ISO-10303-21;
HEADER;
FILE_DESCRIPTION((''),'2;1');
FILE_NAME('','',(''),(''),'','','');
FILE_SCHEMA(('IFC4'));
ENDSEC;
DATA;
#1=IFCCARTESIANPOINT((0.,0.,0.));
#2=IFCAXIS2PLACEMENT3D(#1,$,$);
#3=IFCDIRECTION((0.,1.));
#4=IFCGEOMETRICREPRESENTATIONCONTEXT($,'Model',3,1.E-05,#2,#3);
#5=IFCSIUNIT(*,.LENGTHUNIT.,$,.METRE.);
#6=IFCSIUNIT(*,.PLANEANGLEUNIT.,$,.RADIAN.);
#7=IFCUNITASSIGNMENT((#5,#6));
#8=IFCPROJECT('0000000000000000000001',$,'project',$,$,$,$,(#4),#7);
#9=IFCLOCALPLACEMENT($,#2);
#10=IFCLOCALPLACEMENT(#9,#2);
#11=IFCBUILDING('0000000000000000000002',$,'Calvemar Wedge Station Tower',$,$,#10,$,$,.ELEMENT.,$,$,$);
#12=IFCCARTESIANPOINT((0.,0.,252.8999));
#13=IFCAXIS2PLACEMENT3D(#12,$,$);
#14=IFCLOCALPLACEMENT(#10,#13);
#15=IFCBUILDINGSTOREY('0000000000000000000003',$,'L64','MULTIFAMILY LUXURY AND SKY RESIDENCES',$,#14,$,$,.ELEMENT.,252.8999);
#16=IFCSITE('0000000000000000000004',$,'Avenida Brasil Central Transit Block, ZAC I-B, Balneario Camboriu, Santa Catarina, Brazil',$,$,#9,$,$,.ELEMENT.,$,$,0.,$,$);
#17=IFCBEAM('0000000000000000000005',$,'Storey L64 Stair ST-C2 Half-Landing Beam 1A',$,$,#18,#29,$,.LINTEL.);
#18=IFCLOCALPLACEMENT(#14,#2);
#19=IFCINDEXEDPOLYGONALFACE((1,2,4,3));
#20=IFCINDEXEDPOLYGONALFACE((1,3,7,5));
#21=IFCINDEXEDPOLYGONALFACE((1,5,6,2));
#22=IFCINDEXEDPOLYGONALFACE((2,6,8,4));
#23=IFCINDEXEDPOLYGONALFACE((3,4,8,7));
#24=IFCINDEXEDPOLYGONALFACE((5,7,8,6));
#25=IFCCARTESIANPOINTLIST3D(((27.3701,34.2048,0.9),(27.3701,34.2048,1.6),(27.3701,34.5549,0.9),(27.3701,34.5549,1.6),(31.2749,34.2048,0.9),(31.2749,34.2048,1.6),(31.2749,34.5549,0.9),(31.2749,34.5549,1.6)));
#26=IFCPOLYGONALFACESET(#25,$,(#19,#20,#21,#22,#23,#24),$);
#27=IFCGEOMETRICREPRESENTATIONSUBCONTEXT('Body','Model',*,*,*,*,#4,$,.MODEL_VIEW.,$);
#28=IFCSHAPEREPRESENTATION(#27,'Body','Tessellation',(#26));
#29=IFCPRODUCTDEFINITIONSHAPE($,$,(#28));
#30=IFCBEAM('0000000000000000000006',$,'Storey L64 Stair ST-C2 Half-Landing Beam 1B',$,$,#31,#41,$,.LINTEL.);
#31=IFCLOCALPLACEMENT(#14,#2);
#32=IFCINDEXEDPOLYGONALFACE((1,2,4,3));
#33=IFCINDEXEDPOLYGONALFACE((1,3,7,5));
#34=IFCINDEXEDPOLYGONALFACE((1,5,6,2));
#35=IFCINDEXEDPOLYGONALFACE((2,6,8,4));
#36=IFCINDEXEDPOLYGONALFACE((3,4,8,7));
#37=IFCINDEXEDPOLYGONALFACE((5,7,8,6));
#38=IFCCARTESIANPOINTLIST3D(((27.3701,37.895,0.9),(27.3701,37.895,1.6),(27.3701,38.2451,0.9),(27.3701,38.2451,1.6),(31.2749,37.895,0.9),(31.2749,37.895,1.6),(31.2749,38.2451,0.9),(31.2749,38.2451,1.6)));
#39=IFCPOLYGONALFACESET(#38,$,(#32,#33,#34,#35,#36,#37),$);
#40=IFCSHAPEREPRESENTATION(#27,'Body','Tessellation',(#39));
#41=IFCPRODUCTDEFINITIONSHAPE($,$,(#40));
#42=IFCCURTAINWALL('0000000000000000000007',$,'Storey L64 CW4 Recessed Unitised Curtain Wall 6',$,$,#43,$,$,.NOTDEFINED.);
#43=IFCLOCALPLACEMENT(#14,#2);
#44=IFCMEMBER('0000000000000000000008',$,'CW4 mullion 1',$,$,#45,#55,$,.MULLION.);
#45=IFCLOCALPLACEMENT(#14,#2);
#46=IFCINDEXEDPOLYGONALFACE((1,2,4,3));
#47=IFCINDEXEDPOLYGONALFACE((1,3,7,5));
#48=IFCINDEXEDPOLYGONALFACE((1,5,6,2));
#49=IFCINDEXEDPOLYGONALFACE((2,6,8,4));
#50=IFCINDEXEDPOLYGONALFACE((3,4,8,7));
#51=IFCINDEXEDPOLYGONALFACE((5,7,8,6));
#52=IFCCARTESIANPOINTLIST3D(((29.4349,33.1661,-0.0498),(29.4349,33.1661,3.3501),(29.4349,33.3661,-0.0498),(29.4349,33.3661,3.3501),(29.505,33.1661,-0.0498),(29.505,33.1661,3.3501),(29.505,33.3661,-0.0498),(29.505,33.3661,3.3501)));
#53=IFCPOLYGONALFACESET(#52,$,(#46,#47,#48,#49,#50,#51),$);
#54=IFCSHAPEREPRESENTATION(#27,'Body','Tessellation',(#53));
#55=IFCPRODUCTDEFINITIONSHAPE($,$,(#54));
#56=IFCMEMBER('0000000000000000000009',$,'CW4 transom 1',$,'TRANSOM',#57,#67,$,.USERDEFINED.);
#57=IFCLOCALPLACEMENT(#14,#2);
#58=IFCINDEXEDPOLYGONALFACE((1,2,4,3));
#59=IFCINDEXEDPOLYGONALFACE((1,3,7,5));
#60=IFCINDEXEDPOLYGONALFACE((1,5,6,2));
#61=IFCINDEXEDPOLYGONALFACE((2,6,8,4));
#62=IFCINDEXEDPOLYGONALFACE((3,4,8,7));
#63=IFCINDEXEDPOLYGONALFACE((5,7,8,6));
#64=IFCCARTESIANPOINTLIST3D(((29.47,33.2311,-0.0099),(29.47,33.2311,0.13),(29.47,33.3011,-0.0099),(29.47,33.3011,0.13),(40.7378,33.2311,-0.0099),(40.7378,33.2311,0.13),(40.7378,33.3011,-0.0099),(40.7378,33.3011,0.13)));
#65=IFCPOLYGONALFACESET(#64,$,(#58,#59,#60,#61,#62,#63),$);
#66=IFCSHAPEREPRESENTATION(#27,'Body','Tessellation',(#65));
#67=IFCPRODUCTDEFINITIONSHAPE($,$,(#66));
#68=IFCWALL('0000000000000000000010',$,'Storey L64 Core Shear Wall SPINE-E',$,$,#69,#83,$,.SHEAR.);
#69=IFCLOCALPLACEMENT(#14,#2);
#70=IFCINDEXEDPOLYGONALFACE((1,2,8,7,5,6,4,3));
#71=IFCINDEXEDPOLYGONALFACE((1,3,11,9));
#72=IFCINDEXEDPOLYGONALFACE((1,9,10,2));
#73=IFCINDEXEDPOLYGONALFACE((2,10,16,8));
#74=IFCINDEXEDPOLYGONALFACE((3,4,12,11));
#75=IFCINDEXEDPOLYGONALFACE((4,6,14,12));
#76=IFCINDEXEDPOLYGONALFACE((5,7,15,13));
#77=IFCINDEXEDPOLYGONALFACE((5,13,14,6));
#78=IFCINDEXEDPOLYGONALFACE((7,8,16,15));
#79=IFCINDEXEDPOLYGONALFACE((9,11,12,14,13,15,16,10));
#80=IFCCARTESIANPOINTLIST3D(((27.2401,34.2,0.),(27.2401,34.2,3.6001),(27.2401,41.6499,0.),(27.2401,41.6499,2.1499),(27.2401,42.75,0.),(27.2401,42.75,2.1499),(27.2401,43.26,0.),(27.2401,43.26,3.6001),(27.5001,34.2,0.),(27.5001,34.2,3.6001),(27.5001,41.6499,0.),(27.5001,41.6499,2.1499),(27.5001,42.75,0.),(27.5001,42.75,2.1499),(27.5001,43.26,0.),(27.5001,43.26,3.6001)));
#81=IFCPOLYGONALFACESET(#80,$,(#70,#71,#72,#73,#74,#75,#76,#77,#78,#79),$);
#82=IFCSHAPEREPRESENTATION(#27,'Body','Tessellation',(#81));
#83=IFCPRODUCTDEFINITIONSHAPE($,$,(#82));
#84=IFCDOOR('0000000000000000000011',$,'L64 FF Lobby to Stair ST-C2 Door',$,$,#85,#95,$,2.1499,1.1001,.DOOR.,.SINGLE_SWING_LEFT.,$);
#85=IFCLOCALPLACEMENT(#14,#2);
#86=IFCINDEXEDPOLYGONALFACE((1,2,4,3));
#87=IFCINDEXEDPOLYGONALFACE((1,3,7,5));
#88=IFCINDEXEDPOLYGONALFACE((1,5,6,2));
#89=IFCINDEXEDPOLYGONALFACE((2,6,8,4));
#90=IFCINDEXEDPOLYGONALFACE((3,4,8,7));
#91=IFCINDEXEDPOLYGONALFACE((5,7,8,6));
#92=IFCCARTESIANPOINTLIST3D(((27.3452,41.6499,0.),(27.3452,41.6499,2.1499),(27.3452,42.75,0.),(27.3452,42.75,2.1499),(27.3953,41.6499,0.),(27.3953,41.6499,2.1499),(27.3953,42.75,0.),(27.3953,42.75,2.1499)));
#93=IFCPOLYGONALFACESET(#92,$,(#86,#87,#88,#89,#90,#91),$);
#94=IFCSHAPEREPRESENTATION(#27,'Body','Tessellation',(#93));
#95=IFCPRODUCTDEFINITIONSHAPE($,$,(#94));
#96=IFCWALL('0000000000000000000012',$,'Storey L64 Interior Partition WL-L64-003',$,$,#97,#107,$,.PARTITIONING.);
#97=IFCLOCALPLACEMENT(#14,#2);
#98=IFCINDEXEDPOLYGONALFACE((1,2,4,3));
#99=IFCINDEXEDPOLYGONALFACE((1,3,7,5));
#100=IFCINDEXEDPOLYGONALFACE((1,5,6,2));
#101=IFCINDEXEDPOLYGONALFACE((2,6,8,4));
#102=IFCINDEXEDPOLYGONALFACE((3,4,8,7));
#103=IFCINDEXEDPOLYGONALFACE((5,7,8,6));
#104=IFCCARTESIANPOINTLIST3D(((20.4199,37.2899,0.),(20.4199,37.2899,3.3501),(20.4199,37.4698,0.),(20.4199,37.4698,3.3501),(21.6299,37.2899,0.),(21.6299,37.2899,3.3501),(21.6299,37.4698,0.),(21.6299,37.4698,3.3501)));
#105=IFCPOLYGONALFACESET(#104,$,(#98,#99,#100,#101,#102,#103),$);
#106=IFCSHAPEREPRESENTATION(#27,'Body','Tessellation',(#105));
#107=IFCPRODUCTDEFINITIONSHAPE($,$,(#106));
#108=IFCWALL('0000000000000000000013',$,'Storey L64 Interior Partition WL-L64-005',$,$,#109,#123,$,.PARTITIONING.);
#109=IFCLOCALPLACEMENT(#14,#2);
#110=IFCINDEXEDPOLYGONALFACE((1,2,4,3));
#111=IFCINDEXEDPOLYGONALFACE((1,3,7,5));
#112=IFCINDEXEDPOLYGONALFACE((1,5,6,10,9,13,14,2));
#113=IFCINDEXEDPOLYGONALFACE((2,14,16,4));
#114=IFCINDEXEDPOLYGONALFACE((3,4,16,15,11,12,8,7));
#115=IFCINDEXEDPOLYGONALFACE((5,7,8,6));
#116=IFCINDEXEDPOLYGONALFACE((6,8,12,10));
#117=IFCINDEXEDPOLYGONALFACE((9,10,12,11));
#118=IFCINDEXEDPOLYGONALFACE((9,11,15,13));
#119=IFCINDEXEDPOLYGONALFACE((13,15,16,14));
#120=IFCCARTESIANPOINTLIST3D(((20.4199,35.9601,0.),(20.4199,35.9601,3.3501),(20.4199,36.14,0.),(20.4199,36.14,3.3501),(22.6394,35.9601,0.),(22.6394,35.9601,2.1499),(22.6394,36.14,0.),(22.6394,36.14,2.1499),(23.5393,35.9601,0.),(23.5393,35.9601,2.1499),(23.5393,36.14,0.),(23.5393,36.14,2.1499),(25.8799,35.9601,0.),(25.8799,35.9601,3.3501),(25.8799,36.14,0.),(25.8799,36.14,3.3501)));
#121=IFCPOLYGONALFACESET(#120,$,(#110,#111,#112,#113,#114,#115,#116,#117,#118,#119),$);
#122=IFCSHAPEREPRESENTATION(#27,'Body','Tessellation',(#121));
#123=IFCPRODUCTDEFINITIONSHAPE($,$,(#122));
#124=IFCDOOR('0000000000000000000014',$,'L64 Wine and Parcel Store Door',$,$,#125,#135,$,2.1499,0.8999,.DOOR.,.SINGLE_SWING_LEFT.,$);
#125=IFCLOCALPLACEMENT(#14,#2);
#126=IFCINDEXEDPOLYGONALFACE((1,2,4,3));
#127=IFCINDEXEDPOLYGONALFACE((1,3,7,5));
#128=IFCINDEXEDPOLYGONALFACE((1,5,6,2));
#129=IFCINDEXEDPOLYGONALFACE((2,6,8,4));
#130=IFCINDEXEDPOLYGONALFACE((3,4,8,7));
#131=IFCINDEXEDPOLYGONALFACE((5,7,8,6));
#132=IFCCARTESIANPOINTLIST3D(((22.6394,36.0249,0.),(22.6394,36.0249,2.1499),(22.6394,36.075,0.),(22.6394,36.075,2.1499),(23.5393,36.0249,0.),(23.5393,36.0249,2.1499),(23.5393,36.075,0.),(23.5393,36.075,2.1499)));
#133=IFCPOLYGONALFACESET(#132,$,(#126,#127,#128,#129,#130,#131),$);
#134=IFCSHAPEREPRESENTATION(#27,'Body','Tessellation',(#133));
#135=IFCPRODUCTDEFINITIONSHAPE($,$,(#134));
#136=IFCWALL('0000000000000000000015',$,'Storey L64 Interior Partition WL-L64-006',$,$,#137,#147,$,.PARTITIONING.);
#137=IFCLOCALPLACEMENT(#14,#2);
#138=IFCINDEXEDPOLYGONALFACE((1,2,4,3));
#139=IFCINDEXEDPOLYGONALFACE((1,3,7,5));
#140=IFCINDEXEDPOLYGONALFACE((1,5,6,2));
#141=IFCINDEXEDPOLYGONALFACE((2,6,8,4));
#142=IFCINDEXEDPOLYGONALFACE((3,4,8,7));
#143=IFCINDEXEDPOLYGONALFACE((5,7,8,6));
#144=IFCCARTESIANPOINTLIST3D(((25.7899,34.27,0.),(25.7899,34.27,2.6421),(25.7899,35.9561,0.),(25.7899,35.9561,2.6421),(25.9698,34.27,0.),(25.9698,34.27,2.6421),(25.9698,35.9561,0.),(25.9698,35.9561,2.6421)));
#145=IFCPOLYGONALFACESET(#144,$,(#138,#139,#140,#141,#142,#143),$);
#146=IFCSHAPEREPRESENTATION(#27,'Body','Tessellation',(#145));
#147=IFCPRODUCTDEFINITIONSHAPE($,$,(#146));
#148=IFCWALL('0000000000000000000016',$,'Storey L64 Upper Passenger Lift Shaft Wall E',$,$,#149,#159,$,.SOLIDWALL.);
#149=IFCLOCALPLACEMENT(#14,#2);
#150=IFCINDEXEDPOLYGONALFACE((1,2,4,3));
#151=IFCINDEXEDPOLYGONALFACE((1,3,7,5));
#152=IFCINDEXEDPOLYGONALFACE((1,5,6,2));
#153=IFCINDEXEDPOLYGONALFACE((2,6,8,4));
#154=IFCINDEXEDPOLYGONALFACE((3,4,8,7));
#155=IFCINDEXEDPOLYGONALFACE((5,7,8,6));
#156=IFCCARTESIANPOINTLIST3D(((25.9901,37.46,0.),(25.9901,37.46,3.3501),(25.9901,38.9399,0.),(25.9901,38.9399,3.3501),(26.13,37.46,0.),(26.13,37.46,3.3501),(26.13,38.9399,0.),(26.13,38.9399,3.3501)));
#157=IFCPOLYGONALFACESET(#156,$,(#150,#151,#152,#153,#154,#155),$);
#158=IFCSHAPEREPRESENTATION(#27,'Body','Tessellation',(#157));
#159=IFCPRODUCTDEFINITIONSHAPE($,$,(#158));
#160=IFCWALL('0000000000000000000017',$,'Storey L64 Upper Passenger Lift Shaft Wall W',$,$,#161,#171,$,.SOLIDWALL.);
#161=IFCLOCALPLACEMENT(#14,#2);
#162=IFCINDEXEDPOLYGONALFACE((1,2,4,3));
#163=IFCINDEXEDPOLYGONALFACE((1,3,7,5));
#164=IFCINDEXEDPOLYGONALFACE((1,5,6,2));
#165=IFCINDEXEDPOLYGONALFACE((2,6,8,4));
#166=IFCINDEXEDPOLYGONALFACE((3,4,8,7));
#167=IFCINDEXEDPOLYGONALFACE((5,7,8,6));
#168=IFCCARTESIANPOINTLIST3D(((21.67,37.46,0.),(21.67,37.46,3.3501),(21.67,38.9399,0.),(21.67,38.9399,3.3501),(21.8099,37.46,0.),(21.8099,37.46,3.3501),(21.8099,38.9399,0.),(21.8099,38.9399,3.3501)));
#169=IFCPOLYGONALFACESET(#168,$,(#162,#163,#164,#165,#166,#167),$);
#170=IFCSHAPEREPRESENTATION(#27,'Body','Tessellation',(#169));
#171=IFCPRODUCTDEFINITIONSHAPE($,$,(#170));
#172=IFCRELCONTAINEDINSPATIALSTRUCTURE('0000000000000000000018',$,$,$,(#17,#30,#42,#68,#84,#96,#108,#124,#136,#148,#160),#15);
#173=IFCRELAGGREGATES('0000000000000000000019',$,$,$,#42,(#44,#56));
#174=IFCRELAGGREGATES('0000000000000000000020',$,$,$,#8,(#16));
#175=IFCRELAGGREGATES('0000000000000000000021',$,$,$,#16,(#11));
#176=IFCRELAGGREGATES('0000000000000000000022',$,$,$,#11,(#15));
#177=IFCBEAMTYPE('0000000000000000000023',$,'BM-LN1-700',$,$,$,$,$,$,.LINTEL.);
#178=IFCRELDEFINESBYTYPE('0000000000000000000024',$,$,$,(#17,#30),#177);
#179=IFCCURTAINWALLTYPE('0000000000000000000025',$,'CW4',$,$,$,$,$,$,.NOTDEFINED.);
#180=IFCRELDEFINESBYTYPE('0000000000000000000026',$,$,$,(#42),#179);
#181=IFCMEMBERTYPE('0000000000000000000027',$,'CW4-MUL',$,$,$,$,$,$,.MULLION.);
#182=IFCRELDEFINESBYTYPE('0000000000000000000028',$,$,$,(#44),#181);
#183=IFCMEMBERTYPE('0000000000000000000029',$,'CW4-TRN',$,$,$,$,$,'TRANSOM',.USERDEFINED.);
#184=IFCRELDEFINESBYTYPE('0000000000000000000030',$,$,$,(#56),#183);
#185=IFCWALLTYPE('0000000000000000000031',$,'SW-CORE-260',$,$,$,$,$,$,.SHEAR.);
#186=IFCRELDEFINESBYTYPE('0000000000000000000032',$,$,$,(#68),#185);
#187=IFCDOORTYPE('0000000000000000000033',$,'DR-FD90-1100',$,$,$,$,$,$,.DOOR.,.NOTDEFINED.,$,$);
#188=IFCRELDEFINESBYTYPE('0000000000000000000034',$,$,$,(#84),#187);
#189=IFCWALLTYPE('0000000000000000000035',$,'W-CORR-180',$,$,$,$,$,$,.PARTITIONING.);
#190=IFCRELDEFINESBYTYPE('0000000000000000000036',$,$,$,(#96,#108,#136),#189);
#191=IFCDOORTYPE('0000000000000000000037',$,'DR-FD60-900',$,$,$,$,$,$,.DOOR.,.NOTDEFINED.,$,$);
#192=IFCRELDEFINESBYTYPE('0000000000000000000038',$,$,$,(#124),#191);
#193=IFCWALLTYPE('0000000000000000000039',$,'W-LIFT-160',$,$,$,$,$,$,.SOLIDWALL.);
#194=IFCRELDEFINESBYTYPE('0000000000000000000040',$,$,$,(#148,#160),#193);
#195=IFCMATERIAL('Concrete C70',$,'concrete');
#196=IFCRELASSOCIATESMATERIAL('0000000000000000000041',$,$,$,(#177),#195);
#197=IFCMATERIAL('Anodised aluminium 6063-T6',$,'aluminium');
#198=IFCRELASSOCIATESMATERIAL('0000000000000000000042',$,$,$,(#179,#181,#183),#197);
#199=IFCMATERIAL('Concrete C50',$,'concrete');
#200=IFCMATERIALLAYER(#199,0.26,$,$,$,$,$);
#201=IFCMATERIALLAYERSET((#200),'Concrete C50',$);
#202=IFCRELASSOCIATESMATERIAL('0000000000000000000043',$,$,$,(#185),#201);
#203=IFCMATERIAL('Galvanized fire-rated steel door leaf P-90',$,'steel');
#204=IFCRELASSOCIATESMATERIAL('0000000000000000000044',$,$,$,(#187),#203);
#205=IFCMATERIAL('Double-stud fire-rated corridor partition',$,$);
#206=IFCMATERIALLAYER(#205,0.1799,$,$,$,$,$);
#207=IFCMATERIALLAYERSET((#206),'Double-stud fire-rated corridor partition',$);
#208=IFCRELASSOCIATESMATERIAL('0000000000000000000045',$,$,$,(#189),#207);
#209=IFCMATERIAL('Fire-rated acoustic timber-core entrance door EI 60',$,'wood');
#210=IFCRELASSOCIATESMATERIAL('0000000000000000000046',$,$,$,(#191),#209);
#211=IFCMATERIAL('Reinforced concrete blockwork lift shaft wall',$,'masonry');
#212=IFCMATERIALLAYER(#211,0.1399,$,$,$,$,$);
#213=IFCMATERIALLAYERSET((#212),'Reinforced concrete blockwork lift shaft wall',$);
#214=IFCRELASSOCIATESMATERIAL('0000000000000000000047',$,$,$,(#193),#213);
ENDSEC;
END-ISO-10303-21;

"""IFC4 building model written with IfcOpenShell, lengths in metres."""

from ifc_helpers import new_model, si_unit, direction, frame, frame_2d, origin, origin_2d, place, context, subcontext, project, spatial, rectangle, extrude, source, transform, mapped, material, layer, layer_set, material_profile, profile_set, type_object, element, fill, aggregate, save


model = new_model("IFC4")

# Units and contexts
model_context = context("Model", 3, precision=1e-05, world=origin(), true_north=direction((0.0, 1.0)))
body_context = subcontext(model_context, "Body", "Model", "MODEL_VIEW")
ifc_project = project(units=[si_unit("LENGTHUNIT", "METRE"), si_unit("PLANEANGLEUNIT", "RADIAN")], contexts=[model_context])

# Site, building, storey
site_placement = place(None, origin())
site = spatial("IfcSite", under=ifc_project, at=site_placement, Name="Avenida Brasil Central Transit Block, ZAC I-B, Balneario Camboriu, Santa Catarina, Brazil", CompositionType="ELEMENT", RefElevation=0.0)
building_placement = place(site_placement, origin())
building = spatial("IfcBuilding", under=site, at=building_placement, Name="Calvemar Wedge Station Tower", CompositionType="ELEMENT")
storey_placement = place(building_placement, frame((0.0, 0.0, 252.8999)))
storey = spatial("IfcBuildingStorey", under=building, at=storey_placement, Name="L64", Description="MULTIFAMILY LUXURY AND SKY RESIDENCES", CompositionType="ELEMENT", Elevation=252.8999)

# Beams
ifc_material_1 = material(Name="Concrete C70", Category="concrete")
ifc_material_profile_1 = material_profile(ifc_material_1, rectangle(XDim=0.3501, YDim=0.7, at=origin_2d()), Name="RC350x700")
ifc_profile_set_1 = profile_set([ifc_material_profile_1], Name="Concrete C70")
beam_type = type_object("IfcBeamType", Name="BM-LN1-700", PredefinedType="LINTEL", material=ifc_profile_set_1)
shared_shape_1 = source(origin(), body_context, "Body", "SweptSolid", [
    extrude(rectangle(XDim=0.3501, YDim=0.7, at=origin_2d()), origin(), (0.0, 0.0, 1.0), 3.9048),
])
for number, where, z_axis, x_axis, name in (
    (1, (27.3701, 34.3799, 1.25), (1.0, 0.0, 0.0), (0.0, 1.0, 0.0), "Storey L64 Stair ST-C2 Half-Landing Beam 1A"),
    (2, (27.3701, 38.0701, 1.25), (1.0, 0.0, 0.0), (0.0, 1.0, 0.0), "Storey L64 Stair ST-C2 Half-Landing Beam 1B"),
):
    element("IfcBeam", number, at=place(storey_placement, frame(where, z_axis=z_axis, x_axis=x_axis)), inside=storey, type_object=beam_type, Name=name, PredefinedType="LINTEL", context=body_context, shape_type="MappedRepresentation", body=[
        mapped(shared_shape_1, transform((0.0, 0.0, 0.0), scale=1.0)),
    ])

# Curtain wall, members
ifc_material_2 = material(Name="Anodised aluminium 6063-T6", Category="aluminium")
curtain_wall_type = type_object("IfcCurtainWallType", Name="CW4", PredefinedType="NOTDEFINED", material=ifc_material_2)
curtain_wall_placement = place(storey_placement, origin())
curtain_wall = element("IfcCurtainWall", 3, at=curtain_wall_placement, inside=storey, type_object=curtain_wall_type, Name="Storey L64 CW4 Recessed Unitised Curtain Wall 6", PredefinedType="NOTDEFINED")
ifc_material_profile_2 = material_profile(ifc_material_2, rectangle(XDim=0.0701, YDim=0.2, at=origin_2d()), Name="AL-MUL-70x200")
ifc_profile_set_2 = profile_set([ifc_material_profile_2], Name="Anodised aluminium 6063-T6")
member_type_1 = type_object("IfcMemberType", Name="CW4-MUL", PredefinedType="MULLION", material=ifc_profile_set_2)
shared_shape_2 = source(origin(), body_context, "Body", "SweptSolid", [
    extrude(rectangle(XDim=0.0701, YDim=0.2, at=origin_2d()), origin(), (0.0, 0.0, 1.0), 3.3999),
])
member_1_placement = place(storey_placement, frame((29.47, 33.2661, -0.0498), z_axis=(0.0, 0.0, 1.0), x_axis=(1.0, 0.0, 0.0)))
member_1 = element("IfcMember", 4, at=member_1_placement, type_object=member_type_1, Name="CW4 mullion 1", PredefinedType="MULLION", context=body_context, shape_type="MappedRepresentation", body=[
    mapped(shared_shape_2, transform((0.0, 0.0, 0.0), scale=1.0)),
])
ifc_material_profile_3 = material_profile(ifc_material_2, rectangle(XDim=0.0701, YDim=0.1399, at=origin_2d()), Name="AL-TRN-70x140")
ifc_profile_set_3 = profile_set([ifc_material_profile_3], Name="Anodised aluminium 6063-T6")
member_type_2 = type_object("IfcMemberType", Name="CW4-TRN", ElementType="TRANSOM", PredefinedType="USERDEFINED", material=ifc_profile_set_3)
shared_shape_3 = source(origin(), body_context, "Body", "SweptSolid", [
    extrude(rectangle(XDim=0.0701, YDim=0.1399, at=origin_2d()), origin(), (0.0, 0.0, 1.0), 11.2678),
])
member_2_placement = place(storey_placement, frame((29.47, 33.2661, 0.0601), z_axis=(1.0, 0.0, 0.0), x_axis=(0.0, 1.0, 0.0)))
member_2 = element("IfcMember", 5, at=member_2_placement, type_object=member_type_2, Name="CW4 transom 1", ObjectType="TRANSOM", PredefinedType="USERDEFINED", context=body_context, shape_type="MappedRepresentation", body=[
    mapped(shared_shape_3, transform((0.0, 0.0, 0.0), scale=1.0)),
])
aggregate(curtain_wall, [member_1, member_2])

# Wall, opening, door
ifc_material_3 = material(Name="Concrete C50", Category="concrete")
ifc_layer_1 = layer(ifc_material_3, 0.26)
ifc_layer_set_1 = layer_set([ifc_layer_1], Name="Concrete C50")
wall_type_1 = type_object("IfcWallType", Name="SW-CORE-260", PredefinedType="SHEAR", material=ifc_layer_set_1)
wall_1_placement = place(storey_placement, frame((27.3701, 34.2, 0.0), z_axis=(0.0, 0.0, 1.0), x_axis=(0.0, 1.0, 0.0)))
wall_1 = element("IfcWall", 6, at=wall_1_placement, inside=storey, type_object=wall_type_1, Name="Storey L64 Core Shear Wall SPINE-E", PredefinedType="SHEAR", context=body_context, shape_type="SweptSolid", body=[
    extrude(rectangle(XDim=9.0601, YDim=0.26, at=frame_2d((4.53, 0.0))), origin(), (0.0, 0.0, 1.0), 3.6001),
])
shared_shape_4 = source(origin(), body_context, "Body", "SweptSolid", [
    extrude(rectangle(XDim=1.1001, YDim=2.1499, at=frame_2d((0.55, 1.075))), frame((0.0, 0.1401, 0.0), z_axis=(0.0, -1.0, 0.0), x_axis=(1.0, 0.0, 0.0)), (0.0, 0.0, 1.0), 0.28),
])
opening_1_placement = place(wall_1_placement, frame((7.45, 0.0, 0.0)))
opening_1 = element("IfcOpeningElement", 7, at=opening_1_placement, cuts=wall_1, PredefinedType="OPENING", context=body_context, shape_type="MappedRepresentation", body=[
    mapped(shared_shape_4, transform((0.0, 0.0, 0.0), scale=1.0)),
])
ifc_material_4 = material(Name="Galvanized fire-rated steel door leaf P-90", Category="steel")
door_type_1 = type_object("IfcDoorType", Name="DR-FD90-1100", OperationType="NOTDEFINED", PredefinedType="DOOR", material=ifc_material_4)
shared_shape_5 = source(origin(), body_context, "Body", "SweptSolid", [
    extrude(rectangle(XDim=1.1001, YDim=2.1499, at=frame_2d((0.55, 1.075))), frame((0.0, 0.0249, 0.0), z_axis=(0.0, -1.0, 0.0), x_axis=(1.0, 0.0, 0.0)), (0.0, 0.0, 1.0), 0.05),
])
door_1_placement = place(opening_1_placement, origin())
door_1 = element("IfcDoor", 8, at=door_1_placement, inside=storey, type_object=door_type_1, Name="L64 FF Lobby to Stair ST-C2 Door", OperationType="SINGLE_SWING_LEFT", OverallHeight=2.1499, OverallWidth=1.1001, PredefinedType="DOOR", context=body_context, shape_type="MappedRepresentation", body=[
    mapped(shared_shape_5, transform((0.0, 0.0, 0.0), scale=1.0)),
])
fill(opening_1, door_1)

# Wall
ifc_material_5 = material(Name="Double-stud fire-rated corridor partition")
ifc_layer_2 = layer(ifc_material_5, 0.1799)
ifc_layer_set_2 = layer_set([ifc_layer_2], Name="Double-stud fire-rated corridor partition")
wall_type_2 = type_object("IfcWallType", Name="W-CORR-180", PredefinedType="PARTITIONING", material=ifc_layer_set_2)
wall_2_placement = place(storey_placement, frame((21.6299, 37.3799, 0.0), z_axis=(0.0, 0.0, 1.0), x_axis=(-1.0, 0.0, 0.0)))
element("IfcWall", 9, at=wall_2_placement, inside=storey, type_object=wall_type_2, Name="Storey L64 Interior Partition WL-L64-003", PredefinedType="PARTITIONING", context=body_context, shape_type="SweptSolid", body=[
    extrude(rectangle(XDim=1.21, YDim=0.1799, at=frame_2d((0.605, 0.0))), origin(), (0.0, 0.0, 1.0), 3.3501),
])

# Wall, opening, door
wall_3_placement = place(storey_placement, frame((20.4199, 36.05, 0.0), z_axis=(0.0, 0.0, 1.0), x_axis=(1.0, 0.0, 0.0)))
wall_3 = element("IfcWall", 10, at=wall_3_placement, inside=storey, type_object=wall_type_2, Name="Storey L64 Interior Partition WL-L64-005", PredefinedType="PARTITIONING", context=body_context, shape_type="SweptSolid", body=[
    extrude(rectangle(XDim=5.46, YDim=0.1799, at=frame_2d((2.73, 0.0))), origin(), (0.0, 0.0, 1.0), 3.3501),
])
shared_shape_6 = source(origin(), body_context, "Body", "SweptSolid", [
    extrude(rectangle(XDim=0.8999, YDim=2.1499, at=frame_2d((0.45, 1.075))), frame((0.0, 0.1001, 0.0), z_axis=(0.0, -1.0, 0.0), x_axis=(1.0, 0.0, 0.0)), (0.0, 0.0, 1.0), 0.2),
])
opening_2_placement = place(wall_3_placement, frame((2.2195, 0.0, 0.0)))
opening_2 = element("IfcOpeningElement", 11, at=opening_2_placement, cuts=wall_3, PredefinedType="OPENING", context=body_context, shape_type="MappedRepresentation", body=[
    mapped(shared_shape_6, transform((0.0, 0.0, 0.0), scale=1.0)),
])
ifc_material_6 = material(Name="Fire-rated acoustic timber-core entrance door EI 60", Category="wood")
door_type_2 = type_object("IfcDoorType", Name="DR-FD60-900", OperationType="NOTDEFINED", PredefinedType="DOOR", material=ifc_material_6)
shared_shape_7 = source(origin(), body_context, "Body", "SweptSolid", [
    extrude(rectangle(XDim=0.8999, YDim=2.1499, at=frame_2d((0.45, 1.075))), frame((0.0, 0.0249, 0.0), z_axis=(0.0, -1.0, 0.0), x_axis=(1.0, 0.0, 0.0)), (0.0, 0.0, 1.0), 0.05),
])
door_2_placement = place(opening_2_placement, origin())
door_2 = element("IfcDoor", 12, at=door_2_placement, inside=storey, type_object=door_type_2, Name="L64 Wine and Parcel Store Door", OperationType="SINGLE_SWING_LEFT", OverallHeight=2.1499, OverallWidth=0.8999, PredefinedType="DOOR", context=body_context, shape_type="MappedRepresentation", body=[
    mapped(shared_shape_7, transform((0.0, 0.0, 0.0), scale=1.0)),
])
fill(opening_2, door_2)

# Wall
wall_4_placement = place(storey_placement, frame((25.8799, 35.9561, 0.0), z_axis=(0.0, 0.0, 1.0), x_axis=(0.0, -1.0, 0.0)))
element("IfcWall", 13, at=wall_4_placement, inside=storey, type_object=wall_type_2, Name="Storey L64 Interior Partition WL-L64-006", PredefinedType="PARTITIONING", context=body_context, shape_type="SweptSolid", body=[
    extrude(rectangle(XDim=1.686, YDim=0.1799, at=frame_2d((0.843, 0.0))), origin(), (0.0, 0.0, 1.0), 2.6421),
])

# Shared definitions
ifc_material_7 = material(Name="Reinforced concrete blockwork lift shaft wall", Category="masonry")
ifc_layer_3 = layer(ifc_material_7, 0.1399)
ifc_layer_set_3 = layer_set([ifc_layer_3], Name="Reinforced concrete blockwork lift shaft wall")
wall_type_3 = type_object("IfcWallType", Name="W-LIFT-160", PredefinedType="SOLIDWALL", material=ifc_layer_set_3)

# Walls
for number, where, z_axis, x_axis, name in (
    (14, (26.0601, 37.46, 0.0), (0.0, 0.0, 1.0), (0.0, 1.0, 0.0), "Storey L64 Upper Passenger Lift Shaft Wall E"),
    (15, (21.74, 37.46, 0.0), (0.0, 0.0, 1.0), (0.0, 1.0, 0.0), "Storey L64 Upper Passenger Lift Shaft Wall W"),
):
    element("IfcWall", number, at=place(storey_placement, frame(where, z_axis=z_axis, x_axis=x_axis)), inside=storey, type_object=wall_type_3, Name=name, PredefinedType="SOLIDWALL", context=body_context, shape_type="SweptSolid", body=[
        extrude(rectangle(XDim=1.48, YDim=0.1399, at=frame_2d((0.74, 0.0))), origin(), (0.0, 0.0, 1.0), 3.3501),
    ])

save(model, "model.ifc")
